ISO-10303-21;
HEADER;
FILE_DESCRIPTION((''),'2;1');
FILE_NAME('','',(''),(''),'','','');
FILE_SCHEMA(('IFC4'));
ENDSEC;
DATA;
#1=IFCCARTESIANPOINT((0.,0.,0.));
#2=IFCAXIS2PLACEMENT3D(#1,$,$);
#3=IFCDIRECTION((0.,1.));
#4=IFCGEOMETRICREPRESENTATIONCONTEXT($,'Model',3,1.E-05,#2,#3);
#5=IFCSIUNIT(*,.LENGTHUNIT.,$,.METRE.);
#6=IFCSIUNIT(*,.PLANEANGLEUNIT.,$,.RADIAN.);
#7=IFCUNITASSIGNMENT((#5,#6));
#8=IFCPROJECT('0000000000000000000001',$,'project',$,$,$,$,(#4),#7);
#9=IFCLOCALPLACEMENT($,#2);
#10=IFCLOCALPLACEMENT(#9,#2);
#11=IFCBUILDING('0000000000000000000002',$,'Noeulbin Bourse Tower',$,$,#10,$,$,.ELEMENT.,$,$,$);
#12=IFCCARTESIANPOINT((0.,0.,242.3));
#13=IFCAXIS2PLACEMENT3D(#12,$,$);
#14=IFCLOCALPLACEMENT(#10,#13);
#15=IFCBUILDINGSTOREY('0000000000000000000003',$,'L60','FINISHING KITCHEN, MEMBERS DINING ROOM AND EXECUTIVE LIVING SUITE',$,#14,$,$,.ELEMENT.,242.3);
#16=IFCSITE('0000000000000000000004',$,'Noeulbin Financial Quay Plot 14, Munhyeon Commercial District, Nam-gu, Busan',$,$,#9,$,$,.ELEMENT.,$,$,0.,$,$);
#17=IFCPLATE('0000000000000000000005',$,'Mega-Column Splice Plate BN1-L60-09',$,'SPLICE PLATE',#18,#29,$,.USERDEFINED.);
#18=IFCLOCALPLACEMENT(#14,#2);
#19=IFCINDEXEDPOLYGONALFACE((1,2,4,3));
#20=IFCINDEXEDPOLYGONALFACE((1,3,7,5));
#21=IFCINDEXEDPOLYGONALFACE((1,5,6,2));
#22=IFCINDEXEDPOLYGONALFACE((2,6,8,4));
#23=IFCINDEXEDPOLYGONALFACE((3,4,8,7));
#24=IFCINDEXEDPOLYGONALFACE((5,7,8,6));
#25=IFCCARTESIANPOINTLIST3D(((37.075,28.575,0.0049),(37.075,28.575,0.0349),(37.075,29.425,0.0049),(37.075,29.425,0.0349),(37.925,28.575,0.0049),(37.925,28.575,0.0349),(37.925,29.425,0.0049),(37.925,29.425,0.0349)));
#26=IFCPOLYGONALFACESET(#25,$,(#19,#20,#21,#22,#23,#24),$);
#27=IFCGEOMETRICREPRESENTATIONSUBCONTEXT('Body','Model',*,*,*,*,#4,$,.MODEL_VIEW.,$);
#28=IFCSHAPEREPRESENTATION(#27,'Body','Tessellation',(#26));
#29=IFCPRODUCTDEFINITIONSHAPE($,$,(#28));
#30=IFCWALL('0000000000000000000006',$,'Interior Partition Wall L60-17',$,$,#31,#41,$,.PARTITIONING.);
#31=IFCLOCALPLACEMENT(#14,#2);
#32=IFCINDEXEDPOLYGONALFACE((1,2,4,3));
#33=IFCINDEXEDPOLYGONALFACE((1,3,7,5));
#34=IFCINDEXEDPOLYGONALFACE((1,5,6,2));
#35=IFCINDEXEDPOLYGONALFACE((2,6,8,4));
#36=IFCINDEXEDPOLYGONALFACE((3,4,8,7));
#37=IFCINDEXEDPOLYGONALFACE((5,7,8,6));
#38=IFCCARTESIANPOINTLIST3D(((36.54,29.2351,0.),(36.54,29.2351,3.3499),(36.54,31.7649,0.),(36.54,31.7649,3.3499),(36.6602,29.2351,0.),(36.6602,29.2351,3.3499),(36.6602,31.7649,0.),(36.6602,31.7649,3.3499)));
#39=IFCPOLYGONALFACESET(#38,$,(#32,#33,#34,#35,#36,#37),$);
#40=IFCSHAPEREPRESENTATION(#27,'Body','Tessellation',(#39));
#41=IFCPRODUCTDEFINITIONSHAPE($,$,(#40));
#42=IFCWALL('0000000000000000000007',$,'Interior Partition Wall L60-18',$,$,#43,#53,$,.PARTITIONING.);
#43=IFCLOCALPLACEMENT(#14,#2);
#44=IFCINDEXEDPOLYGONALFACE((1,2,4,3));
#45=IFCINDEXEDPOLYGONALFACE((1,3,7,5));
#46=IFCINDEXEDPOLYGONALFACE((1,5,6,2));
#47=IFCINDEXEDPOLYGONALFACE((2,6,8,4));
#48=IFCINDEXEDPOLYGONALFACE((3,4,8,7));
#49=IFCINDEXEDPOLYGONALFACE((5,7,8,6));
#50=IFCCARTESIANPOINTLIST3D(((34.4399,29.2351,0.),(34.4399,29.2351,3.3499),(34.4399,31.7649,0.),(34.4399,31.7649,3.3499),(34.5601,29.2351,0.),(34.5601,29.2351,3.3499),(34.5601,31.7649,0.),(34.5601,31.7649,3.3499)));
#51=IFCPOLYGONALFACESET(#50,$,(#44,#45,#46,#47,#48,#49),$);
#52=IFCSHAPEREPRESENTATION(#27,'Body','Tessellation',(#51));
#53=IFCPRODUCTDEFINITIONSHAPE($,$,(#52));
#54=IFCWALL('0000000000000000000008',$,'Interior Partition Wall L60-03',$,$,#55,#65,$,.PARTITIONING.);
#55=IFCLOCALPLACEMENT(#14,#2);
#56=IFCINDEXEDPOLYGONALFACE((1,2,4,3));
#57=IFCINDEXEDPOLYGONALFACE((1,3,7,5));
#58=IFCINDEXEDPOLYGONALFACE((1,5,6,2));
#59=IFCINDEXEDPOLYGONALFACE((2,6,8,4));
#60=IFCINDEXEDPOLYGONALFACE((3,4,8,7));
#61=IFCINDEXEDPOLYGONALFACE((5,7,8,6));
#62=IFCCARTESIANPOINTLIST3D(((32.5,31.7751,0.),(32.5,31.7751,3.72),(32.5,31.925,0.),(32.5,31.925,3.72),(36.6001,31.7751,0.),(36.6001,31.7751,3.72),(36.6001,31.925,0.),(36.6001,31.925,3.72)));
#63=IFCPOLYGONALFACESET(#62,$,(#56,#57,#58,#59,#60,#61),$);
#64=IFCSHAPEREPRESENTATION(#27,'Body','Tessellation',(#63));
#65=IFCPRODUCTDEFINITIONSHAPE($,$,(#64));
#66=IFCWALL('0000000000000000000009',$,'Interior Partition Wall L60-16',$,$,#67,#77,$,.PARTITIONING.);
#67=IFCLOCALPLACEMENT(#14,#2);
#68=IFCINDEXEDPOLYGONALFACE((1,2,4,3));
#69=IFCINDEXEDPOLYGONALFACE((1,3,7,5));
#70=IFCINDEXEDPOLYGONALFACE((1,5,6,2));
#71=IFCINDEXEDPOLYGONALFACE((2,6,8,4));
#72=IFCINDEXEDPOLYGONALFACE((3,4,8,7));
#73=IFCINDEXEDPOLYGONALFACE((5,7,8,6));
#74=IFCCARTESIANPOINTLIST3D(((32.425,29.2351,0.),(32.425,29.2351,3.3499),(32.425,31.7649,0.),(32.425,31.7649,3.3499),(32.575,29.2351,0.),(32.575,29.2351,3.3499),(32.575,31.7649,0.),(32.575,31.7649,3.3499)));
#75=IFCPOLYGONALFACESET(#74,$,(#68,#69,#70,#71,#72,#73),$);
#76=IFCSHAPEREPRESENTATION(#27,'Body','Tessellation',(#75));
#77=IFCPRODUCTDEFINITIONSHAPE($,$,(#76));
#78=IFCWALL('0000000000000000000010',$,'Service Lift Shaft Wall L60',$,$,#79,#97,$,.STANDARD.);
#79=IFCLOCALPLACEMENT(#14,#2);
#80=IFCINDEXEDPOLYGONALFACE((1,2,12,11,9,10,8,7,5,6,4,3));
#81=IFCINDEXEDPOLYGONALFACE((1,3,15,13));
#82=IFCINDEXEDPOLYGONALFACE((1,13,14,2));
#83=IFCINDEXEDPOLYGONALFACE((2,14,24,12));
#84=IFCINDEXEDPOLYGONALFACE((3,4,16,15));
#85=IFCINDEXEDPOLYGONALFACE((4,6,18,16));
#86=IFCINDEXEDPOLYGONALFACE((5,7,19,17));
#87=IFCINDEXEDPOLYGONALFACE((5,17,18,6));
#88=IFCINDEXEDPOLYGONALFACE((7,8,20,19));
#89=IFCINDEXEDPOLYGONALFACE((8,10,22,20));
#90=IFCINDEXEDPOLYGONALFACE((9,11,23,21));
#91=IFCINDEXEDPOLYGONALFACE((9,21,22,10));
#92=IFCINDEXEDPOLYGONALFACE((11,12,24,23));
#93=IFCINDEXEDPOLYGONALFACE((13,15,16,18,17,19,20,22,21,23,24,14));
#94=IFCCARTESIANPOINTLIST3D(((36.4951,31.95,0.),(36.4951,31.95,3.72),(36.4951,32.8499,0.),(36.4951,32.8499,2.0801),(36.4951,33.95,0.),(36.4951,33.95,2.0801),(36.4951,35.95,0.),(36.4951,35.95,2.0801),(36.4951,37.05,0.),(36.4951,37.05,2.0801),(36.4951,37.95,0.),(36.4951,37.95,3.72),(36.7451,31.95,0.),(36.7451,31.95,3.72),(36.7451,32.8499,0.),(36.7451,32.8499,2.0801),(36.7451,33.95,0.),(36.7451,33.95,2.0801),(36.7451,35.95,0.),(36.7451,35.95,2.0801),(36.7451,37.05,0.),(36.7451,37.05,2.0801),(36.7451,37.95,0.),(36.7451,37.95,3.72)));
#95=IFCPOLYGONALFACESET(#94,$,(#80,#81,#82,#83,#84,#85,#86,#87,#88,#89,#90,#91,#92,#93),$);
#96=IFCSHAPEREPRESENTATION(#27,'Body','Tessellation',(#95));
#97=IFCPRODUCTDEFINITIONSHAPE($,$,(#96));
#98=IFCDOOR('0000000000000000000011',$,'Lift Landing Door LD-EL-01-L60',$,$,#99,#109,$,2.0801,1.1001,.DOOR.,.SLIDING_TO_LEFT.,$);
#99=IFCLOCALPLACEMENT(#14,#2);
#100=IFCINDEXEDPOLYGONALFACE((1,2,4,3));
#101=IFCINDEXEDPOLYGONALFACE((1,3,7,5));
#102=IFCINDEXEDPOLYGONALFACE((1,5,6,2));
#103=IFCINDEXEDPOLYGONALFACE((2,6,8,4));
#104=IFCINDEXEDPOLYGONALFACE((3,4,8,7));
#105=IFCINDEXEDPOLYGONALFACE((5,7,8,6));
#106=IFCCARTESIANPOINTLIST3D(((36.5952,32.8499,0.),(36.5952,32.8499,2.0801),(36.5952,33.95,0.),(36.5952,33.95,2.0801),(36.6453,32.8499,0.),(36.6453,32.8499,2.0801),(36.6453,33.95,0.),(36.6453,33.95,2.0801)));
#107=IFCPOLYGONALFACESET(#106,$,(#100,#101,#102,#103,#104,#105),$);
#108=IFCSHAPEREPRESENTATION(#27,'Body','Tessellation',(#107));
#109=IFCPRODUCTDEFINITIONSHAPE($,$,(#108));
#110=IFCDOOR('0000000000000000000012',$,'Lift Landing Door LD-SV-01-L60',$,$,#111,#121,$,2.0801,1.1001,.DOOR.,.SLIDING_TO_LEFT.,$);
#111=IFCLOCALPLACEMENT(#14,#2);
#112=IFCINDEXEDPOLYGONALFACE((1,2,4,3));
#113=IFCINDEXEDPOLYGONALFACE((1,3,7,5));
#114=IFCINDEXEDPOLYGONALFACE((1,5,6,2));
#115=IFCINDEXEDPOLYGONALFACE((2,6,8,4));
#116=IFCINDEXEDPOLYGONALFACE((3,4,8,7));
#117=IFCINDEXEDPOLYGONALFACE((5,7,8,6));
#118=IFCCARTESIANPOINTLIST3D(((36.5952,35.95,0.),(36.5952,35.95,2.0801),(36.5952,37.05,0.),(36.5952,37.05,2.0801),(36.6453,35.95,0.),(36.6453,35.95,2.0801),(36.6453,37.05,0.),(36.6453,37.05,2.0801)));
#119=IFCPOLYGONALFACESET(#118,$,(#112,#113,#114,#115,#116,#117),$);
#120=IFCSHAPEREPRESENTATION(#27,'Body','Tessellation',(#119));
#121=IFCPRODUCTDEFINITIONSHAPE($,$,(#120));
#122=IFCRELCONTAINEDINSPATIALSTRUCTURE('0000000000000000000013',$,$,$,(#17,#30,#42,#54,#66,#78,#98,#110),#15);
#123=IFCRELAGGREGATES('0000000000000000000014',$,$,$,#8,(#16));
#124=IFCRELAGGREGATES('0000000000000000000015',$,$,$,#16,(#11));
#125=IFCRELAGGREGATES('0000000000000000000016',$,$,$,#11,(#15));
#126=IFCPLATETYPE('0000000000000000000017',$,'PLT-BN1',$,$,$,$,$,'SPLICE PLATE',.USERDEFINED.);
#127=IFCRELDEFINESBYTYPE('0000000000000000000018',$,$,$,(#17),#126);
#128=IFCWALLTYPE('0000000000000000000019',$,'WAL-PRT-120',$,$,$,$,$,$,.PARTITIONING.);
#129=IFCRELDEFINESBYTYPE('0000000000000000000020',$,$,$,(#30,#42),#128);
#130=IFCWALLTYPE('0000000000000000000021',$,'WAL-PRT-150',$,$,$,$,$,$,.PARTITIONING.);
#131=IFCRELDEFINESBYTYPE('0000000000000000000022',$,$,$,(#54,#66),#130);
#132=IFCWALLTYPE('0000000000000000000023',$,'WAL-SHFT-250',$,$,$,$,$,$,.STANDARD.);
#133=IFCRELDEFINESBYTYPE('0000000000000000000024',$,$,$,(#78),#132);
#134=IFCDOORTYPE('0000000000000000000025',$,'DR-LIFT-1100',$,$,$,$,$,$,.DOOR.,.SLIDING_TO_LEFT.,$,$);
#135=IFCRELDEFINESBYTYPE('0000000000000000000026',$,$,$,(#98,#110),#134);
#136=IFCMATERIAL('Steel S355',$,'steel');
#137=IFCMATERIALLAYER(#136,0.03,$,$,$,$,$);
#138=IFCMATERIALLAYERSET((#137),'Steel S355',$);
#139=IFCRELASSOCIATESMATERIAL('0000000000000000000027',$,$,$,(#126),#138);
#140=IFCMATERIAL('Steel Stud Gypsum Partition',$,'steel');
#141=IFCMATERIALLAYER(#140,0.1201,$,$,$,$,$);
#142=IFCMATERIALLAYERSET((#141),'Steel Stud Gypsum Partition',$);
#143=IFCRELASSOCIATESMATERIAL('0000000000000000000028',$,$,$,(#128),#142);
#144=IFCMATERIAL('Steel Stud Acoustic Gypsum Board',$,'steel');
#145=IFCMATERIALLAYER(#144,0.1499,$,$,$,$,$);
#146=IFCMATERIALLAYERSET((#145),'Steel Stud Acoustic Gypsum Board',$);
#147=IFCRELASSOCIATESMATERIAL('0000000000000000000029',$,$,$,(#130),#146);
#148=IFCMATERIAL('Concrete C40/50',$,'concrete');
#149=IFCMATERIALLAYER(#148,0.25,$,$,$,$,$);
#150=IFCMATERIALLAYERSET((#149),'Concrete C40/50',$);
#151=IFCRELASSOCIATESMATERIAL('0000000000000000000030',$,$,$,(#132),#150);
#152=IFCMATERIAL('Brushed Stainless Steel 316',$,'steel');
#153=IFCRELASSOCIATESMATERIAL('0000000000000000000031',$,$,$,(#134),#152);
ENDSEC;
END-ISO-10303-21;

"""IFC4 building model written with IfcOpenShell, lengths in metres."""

from ifc_helpers import new_model, si_unit, direction, frame, frame_2d, origin, origin_2d, place, context, subcontext, project, spatial, rectangle, extrude, material, layer, layer_set, type_object, element, fill, save


model = new_model("IFC4")

# Units and contexts
model_context = context("Model", 3, precision=1e-05, world=origin(), true_north=direction((0.0, 1.0)))
body_context = subcontext(model_context, "Body", "Model", "MODEL_VIEW")
ifc_project = project(units=[si_unit("LENGTHUNIT", "METRE"), si_unit("PLANEANGLEUNIT", "RADIAN")], contexts=[model_context])

# Site, building, storey
site_placement = place(None, origin())
site = spatial("IfcSite", under=ifc_project, at=site_placement, Name="Noeulbin Financial Quay Plot 14, Munhyeon Commercial District, Nam-gu, Busan", CompositionType="ELEMENT", RefElevation=0.0)
building_placement = place(site_placement, origin())
building = spatial("IfcBuilding", under=site, at=building_placement, Name="Noeulbin Bourse Tower", CompositionType="ELEMENT")
storey_placement = place(building_placement, frame((0.0, 0.0, 242.3)))
storey = spatial("IfcBuildingStorey", under=building, at=storey_placement, Name="L60", Description="FINISHING KITCHEN, MEMBERS DINING ROOM AND EXECUTIVE LIVING SUITE", CompositionType="ELEMENT", Elevation=242.3)

# Shared definitions
ifc_material_1 = material(Name="Steel S355", Category="steel")

# Plate
ifc_layer_1 = layer(ifc_material_1, 0.03)
ifc_layer_set_1 = layer_set([ifc_layer_1], Name="Steel S355")
plate_type = type_object("IfcPlateType", Name="PLT-BN1", ElementType="SPLICE PLATE", PredefinedType="USERDEFINED", material=ifc_layer_set_1)
for number, where, z_axis, x_axis, name in (
    (1, (37.5, 29.0, 0.0049), (0.0, 0.0, 1.0), (1.0, 0.0, 0.0), "Mega-Column Splice Plate BN1-L60-09"),
):
    element("IfcPlate", number, at=place(storey_placement, frame(where, z_axis=z_axis, x_axis=x_axis)), inside=storey, type_object=plate_type, Name=name, ObjectType="SPLICE PLATE", PredefinedType="USERDEFINED", context=body_context, shape_type="SweptSolid", body=[
        extrude(rectangle(XDim=0.8501, YDim=0.8501, at=origin_2d()), origin(), (0.0, 0.0, 1.0), 0.03),
    ])

# Walls
ifc_material_2 = material(Name="Steel Stud Gypsum Partition", Category="steel")
ifc_layer_2 = layer(ifc_material_2, 0.1201)
ifc_layer_set_2 = layer_set([ifc_layer_2], Name="Steel Stud Gypsum Partition")
wall_type_1 = type_object("IfcWallType", Name="WAL-PRT-120", PredefinedType="PARTITIONING", material=ifc_layer_set_2)
for number, where, z_axis, x_axis, name in (
    (2, (36.6001, 29.2351, 0.0), (0.0, 0.0, 1.0), (0.0, 1.0, 0.0), "Interior Partition Wall L60-17"),
    (3, (34.5, 29.2351, 0.0), (0.0, 0.0, 1.0), (0.0, 1.0, 0.0), "Interior Partition Wall L60-18"),
):
    element("IfcWall", number, at=place(storey_placement, frame(where, z_axis=z_axis, x_axis=x_axis)), inside=storey, type_object=wall_type_1, Name=name, PredefinedType="PARTITIONING", context=body_context, shape_type="SweptSolid", body=[
        extrude(rectangle(XDim=2.5298, YDim=0.1201, at=frame_2d((1.2649, 0.0))), origin(), (0.0, 0.0, 1.0), 3.3499),
    ])
ifc_material_3 = material(Name="Steel Stud Acoustic Gypsum Board", Category="steel")
ifc_layer_3 = layer(ifc_material_3, 0.1499)
ifc_layer_set_3 = layer_set([ifc_layer_3], Name="Steel Stud Acoustic Gypsum Board")
wall_type_2 = type_object("IfcWallType", Name="WAL-PRT-150", PredefinedType="PARTITIONING", material=ifc_layer_set_3)
wall_1_placement = place(storey_placement, frame((32.5, 31.8501, 0.0), z_axis=(0.0, 0.0, 1.0), x_axis=(1.0, 0.0, 0.0)))
element("IfcWall", 4, at=wall_1_placement, inside=storey, type_object=wall_type_2, Name="Interior Partition Wall L60-03", PredefinedType="PARTITIONING", context=body_context, shape_type="SweptSolid", body=[
    extrude(rectangle(XDim=4.1001, YDim=0.1499, at=frame_2d((2.05, 0.0))), origin(), (0.0, 0.0, 1.0), 3.72),
])
wall_2_placement = place(storey_placement, frame((32.5, 29.2351, 0.0), z_axis=(0.0, 0.0, 1.0), x_axis=(0.0, 1.0, 0.0)))
element("IfcWall", 5, at=wall_2_placement, inside=storey, type_object=wall_type_2, Name="Interior Partition Wall L60-16", PredefinedType="PARTITIONING", context=body_context, shape_type="SweptSolid", body=[
    extrude(rectangle(XDim=2.5298, YDim=0.1499, at=frame_2d((1.2649, 0.0))), origin(), (0.0, 0.0, 1.0), 3.3499),
])

# Wall, openings, doors
ifc_material_4 = material(Name="Concrete C40/50", Category="concrete")
ifc_layer_4 = layer(ifc_material_4, 0.25)
ifc_layer_set_4 = layer_set([ifc_layer_4], Name="Concrete C40/50")
wall_type_3 = type_object("IfcWallType", Name="WAL-SHFT-250", PredefinedType="STANDARD", material=ifc_layer_set_4)
wall_3_placement = place(storey_placement, frame((36.6201, 31.95, 0.0), z_axis=(0.0, 0.0, 1.0), x_axis=(0.0, 1.0, 0.0)))
wall_3 = element("IfcWall", 6, at=wall_3_placement, inside=storey, type_object=wall_type_3, Name="Service Lift Shaft Wall L60", PredefinedType="STANDARD", context=body_context, shape_type="SweptSolid", body=[
    extrude(rectangle(XDim=6.0, YDim=0.25, at=frame_2d((3.0, 0.0))), origin(), (0.0, 0.0, 1.0), 3.72),
])
opening_1_placement = place(wall_3_placement, frame((0.8999, 0.0, 0.0)))
opening_1 = element("IfcOpeningElement", 7, at=opening_1_placement, cuts=wall_3, PredefinedType="OPENING", context=body_context, shape_type="SweptSolid", body=[
    extrude(rectangle(XDim=1.1001, YDim=2.0801, at=frame_2d((0.55, 1.04))), frame((0.0, 0.135, 0.0), z_axis=(0.0, -1.0, 0.0), x_axis=(1.0, 0.0, 0.0)), (0.0, 0.0, 1.0), 0.27),
])
opening_2_placement = place(wall_3_placement, frame((4.0, 0.0, 0.0)))
opening_2 = element("IfcOpeningElement", 8, at=opening_2_placement, cuts=wall_3, PredefinedType="OPENING", context=body_context, shape_type="SweptSolid", body=[
    extrude(rectangle(XDim=1.1001, YDim=2.0801, at=frame_2d((0.55, 1.04))), frame((0.0, 0.135, 0.0), z_axis=(0.0, -1.0, 0.0), x_axis=(1.0, 0.0, 0.0)), (0.0, 0.0, 1.0), 0.27),
])
ifc_material_5 = material(Name="Brushed Stainless Steel 316", Category="steel")
door_type = type_object("IfcDoorType", Name="DR-LIFT-1100", OperationType="SLIDING_TO_LEFT", PredefinedType="DOOR", material=ifc_material_5)
door_1_placement = place(opening_1_placement, origin())
door_1 = element("IfcDoor", 9, at=door_1_placement, inside=storey, type_object=door_type, Name="Lift Landing Door LD-EL-01-L60", OperationType="SLIDING_TO_LEFT", OverallHeight=2.0801, OverallWidth=1.1001, PredefinedType="DOOR", context=body_context, shape_type="SweptSolid", body=[
    extrude(rectangle(XDim=1.1001, YDim=2.0801, at=frame_2d((0.55, 1.04))), frame((0.0, 0.0249, 0.0), z_axis=(0.0, -1.0, 0.0), x_axis=(1.0, 0.0, 0.0)), (0.0, 0.0, 1.0), 0.05),
])
fill(opening_1, door_1)
door_2_placement = place(opening_2_placement, origin())
door_2 = element("IfcDoor", 10, at=door_2_placement, inside=storey, type_object=door_type, Name="Lift Landing Door LD-SV-01-L60", OperationType="SLIDING_TO_LEFT", OverallHeight=2.0801, OverallWidth=1.1001, PredefinedType="DOOR", context=body_context, shape_type="SweptSolid", body=[
    extrude(rectangle(XDim=1.1001, YDim=2.0801, at=frame_2d((0.55, 1.04))), frame((0.0, 0.0249, 0.0), z_axis=(0.0, -1.0, 0.0), x_axis=(1.0, 0.0, 0.0)), (0.0, 0.0, 1.0), 0.05),
])
fill(opening_2, door_2)

save(model, "model.ifc")
